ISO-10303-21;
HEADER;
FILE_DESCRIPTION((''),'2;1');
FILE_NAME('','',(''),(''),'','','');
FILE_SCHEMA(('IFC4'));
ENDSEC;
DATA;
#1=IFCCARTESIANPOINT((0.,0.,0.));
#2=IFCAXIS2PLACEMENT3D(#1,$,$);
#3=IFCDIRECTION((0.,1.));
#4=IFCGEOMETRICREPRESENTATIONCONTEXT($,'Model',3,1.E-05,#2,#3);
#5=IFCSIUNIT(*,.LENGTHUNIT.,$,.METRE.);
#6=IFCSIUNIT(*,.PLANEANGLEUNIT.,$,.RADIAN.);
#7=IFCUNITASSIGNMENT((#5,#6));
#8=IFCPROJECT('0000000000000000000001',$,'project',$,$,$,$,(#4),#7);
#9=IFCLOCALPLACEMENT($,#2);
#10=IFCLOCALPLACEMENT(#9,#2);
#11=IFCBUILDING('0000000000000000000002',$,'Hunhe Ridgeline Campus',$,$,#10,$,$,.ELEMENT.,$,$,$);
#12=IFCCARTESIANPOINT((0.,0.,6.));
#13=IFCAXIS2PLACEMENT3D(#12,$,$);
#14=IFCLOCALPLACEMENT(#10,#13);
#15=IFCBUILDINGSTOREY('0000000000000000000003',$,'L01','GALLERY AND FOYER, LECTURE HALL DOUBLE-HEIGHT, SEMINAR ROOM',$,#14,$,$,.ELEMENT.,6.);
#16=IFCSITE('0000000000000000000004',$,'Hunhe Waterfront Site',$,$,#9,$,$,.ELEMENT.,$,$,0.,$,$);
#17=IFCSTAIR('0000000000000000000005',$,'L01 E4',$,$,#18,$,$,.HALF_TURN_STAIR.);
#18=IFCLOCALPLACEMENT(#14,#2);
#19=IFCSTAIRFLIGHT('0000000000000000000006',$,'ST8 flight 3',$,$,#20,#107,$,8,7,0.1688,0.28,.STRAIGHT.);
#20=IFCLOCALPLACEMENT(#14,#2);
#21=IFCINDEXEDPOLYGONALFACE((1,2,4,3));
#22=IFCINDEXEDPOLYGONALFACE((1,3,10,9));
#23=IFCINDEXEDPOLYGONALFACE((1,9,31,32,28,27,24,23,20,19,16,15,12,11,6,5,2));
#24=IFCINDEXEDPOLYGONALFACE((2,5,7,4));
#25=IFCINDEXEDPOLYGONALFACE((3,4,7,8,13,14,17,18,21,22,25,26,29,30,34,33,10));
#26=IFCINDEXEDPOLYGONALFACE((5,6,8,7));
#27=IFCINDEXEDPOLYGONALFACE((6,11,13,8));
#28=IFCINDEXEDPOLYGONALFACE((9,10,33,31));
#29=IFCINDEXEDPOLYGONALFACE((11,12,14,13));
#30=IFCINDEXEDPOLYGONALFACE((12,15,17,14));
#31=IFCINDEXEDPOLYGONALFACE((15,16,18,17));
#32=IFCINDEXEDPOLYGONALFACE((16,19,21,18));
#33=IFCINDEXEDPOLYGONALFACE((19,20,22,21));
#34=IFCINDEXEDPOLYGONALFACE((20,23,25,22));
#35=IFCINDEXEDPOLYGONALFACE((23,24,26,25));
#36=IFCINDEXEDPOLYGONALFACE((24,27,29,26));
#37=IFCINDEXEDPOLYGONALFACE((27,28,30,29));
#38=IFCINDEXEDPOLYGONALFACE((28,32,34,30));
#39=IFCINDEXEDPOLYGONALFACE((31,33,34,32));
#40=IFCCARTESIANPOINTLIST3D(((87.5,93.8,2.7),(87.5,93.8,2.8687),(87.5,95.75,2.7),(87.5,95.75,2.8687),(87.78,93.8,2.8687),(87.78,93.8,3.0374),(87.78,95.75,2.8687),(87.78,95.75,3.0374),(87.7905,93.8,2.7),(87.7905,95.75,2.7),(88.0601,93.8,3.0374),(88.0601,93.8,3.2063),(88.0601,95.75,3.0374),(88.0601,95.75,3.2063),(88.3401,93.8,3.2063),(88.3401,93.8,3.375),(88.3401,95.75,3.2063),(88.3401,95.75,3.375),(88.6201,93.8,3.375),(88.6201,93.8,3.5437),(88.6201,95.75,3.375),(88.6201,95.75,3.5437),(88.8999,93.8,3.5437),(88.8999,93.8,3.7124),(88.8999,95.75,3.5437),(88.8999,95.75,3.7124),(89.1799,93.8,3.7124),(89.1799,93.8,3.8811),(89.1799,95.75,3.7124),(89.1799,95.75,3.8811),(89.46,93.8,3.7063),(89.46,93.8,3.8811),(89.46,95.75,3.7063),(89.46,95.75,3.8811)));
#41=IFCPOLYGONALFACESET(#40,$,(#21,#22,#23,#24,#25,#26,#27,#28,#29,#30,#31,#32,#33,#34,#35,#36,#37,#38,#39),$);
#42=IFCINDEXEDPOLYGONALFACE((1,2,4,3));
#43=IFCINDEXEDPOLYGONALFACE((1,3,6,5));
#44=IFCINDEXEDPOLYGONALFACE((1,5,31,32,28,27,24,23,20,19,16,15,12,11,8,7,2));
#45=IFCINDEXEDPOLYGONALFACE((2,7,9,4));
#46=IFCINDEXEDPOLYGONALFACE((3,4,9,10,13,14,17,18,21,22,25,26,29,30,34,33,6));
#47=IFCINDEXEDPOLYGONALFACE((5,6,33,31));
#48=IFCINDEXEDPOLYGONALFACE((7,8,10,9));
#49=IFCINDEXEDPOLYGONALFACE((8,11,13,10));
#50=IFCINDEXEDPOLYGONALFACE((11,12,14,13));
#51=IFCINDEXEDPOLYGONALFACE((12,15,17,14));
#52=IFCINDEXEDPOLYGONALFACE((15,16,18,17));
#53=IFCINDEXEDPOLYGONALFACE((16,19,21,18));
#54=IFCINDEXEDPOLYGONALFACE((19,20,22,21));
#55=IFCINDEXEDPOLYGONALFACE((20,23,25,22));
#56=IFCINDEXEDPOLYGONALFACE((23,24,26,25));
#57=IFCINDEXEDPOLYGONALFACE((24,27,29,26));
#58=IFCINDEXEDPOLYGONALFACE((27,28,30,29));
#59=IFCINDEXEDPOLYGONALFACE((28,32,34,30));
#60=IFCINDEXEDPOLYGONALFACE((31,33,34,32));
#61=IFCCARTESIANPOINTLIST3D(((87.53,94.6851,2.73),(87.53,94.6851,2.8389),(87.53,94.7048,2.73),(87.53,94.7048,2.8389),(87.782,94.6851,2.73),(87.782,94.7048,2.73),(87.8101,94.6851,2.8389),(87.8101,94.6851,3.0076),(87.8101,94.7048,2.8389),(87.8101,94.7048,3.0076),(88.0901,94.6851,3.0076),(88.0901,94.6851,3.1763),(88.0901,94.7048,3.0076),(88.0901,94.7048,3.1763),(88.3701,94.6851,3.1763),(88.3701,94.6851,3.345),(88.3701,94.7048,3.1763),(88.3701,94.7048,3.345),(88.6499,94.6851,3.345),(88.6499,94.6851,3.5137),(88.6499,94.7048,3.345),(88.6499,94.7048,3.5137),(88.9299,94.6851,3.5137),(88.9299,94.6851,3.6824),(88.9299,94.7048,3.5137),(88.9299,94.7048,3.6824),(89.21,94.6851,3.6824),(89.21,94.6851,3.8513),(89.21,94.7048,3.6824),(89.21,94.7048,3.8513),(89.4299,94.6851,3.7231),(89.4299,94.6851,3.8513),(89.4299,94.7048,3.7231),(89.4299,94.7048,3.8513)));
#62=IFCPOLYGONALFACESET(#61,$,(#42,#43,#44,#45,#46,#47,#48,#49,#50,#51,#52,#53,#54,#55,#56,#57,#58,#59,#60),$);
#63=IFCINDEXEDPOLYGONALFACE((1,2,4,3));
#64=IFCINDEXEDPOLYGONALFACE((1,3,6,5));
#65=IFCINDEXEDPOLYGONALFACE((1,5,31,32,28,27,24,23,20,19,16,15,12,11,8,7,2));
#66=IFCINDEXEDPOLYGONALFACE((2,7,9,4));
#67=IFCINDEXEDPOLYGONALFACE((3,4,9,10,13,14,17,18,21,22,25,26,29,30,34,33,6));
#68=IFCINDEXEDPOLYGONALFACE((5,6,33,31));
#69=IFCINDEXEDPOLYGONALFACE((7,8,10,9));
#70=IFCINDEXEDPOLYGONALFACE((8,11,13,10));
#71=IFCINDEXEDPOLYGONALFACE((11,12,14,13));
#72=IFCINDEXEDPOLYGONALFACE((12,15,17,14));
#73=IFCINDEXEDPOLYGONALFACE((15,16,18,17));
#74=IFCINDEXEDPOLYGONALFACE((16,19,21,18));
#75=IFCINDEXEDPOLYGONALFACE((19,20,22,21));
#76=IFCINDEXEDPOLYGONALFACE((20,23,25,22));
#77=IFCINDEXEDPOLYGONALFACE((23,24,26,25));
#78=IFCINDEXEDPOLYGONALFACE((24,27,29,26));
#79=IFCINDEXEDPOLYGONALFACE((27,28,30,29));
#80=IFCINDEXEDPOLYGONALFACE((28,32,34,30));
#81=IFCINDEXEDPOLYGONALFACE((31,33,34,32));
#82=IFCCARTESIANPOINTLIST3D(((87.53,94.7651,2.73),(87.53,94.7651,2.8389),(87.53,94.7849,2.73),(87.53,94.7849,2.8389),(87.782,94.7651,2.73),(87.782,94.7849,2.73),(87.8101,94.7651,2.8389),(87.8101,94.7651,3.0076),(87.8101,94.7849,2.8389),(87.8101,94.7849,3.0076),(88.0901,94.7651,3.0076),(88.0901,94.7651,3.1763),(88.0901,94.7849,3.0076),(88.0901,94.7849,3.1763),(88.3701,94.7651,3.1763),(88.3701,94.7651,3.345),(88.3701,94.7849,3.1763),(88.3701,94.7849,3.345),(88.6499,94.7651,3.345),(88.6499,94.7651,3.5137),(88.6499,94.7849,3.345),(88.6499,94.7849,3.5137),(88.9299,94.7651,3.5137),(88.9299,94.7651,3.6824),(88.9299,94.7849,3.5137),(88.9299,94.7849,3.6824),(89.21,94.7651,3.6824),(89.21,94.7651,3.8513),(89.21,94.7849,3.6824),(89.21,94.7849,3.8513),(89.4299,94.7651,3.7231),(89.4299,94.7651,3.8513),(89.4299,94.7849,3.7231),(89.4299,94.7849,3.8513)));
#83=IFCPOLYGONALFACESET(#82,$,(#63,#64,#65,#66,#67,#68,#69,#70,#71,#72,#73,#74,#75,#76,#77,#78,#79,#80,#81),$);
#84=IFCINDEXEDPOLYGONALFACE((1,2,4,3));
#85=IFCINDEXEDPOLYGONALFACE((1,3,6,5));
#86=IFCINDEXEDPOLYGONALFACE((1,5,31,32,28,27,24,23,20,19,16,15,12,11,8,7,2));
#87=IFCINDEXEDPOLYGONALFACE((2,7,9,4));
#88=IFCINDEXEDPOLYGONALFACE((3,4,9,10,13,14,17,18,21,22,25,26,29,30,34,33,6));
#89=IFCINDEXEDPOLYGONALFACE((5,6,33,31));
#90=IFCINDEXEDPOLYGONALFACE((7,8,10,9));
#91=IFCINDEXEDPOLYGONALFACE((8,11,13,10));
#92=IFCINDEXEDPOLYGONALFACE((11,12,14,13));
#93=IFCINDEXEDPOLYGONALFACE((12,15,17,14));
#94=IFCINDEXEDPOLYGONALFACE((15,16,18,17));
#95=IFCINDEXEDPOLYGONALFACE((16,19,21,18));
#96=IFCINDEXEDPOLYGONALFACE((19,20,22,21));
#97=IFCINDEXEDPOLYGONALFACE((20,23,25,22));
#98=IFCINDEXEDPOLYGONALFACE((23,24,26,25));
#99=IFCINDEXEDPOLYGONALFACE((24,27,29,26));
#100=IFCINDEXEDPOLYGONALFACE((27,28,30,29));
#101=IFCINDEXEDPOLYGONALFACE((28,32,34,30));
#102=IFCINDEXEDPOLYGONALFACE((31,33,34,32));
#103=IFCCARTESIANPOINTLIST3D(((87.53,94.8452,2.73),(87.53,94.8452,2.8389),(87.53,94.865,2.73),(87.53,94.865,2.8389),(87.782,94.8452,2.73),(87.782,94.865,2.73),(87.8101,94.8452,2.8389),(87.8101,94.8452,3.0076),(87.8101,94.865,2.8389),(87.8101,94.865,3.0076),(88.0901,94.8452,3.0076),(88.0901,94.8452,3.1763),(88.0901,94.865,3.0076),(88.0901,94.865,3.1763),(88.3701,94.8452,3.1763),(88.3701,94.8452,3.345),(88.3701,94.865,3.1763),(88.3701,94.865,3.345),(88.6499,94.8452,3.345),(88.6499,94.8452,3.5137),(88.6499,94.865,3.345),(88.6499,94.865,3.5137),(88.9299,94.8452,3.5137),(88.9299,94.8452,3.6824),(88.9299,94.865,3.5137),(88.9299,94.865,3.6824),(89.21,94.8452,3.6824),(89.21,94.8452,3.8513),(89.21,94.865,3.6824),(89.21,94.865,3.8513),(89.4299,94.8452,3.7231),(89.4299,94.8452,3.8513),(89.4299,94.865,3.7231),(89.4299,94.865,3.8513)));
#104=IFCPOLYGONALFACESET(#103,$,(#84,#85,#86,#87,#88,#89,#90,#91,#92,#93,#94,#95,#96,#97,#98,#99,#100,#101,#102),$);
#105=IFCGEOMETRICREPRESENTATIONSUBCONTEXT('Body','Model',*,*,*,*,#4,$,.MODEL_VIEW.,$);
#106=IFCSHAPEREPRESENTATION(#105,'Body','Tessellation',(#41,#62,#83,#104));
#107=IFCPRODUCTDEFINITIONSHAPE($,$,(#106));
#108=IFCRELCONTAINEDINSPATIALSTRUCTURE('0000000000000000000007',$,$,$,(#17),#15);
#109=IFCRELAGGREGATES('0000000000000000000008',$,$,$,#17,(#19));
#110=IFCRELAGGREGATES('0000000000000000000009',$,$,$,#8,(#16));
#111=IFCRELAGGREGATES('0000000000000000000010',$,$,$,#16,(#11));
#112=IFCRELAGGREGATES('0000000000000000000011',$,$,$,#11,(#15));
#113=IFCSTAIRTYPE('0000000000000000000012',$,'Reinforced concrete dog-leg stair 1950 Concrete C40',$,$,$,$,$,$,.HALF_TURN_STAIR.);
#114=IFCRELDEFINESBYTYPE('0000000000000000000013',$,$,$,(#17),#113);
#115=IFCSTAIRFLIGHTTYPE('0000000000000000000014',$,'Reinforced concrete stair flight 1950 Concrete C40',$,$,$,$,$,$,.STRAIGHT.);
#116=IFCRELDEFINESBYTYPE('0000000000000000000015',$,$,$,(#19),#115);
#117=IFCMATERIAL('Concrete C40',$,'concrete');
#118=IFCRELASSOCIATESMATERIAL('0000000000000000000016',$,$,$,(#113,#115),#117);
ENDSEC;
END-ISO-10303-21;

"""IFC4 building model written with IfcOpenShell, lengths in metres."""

from ifc_helpers import new_model, si_unit, direction, frame, origin, place, context, subcontext, project, spatial, polyline, outline, extrude, material, type_object, element, aggregate, save


model = new_model("IFC4")

# Units and contexts
model_context = context("Model", 3, precision=1e-05, world=origin(), true_north=direction((0.0, 1.0)))
body_context = subcontext(model_context, "Body", "Model", "MODEL_VIEW")
ifc_project = project(units=[si_unit("LENGTHUNIT", "METRE"), si_unit("PLANEANGLEUNIT", "RADIAN")], contexts=[model_context])

# Site, building, storey
site_placement = place(None, origin())
site = spatial("IfcSite", under=ifc_project, at=site_placement, Name="Hunhe Waterfront Site", CompositionType="ELEMENT", RefElevation=0.0)
building_placement = place(site_placement, origin())
building = spatial("IfcBuilding", under=site, at=building_placement, Name="Hunhe Ridgeline Campus", CompositionType="ELEMENT")
storey_placement = place(building_placement, frame((0.0, 0.0, 6.0)))
storey = spatial("IfcBuildingStorey", under=building, at=storey_placement, Name="L01", Description="GALLERY AND FOYER, LECTURE HALL DOUBLE-HEIGHT, SEMINAR ROOM", CompositionType="ELEMENT", Elevation=6.0)

# Stair, stair flight
ifc_material_1 = material(Name="Concrete C40", Category="concrete")
stair_type = type_object("IfcStairType", Name="Reinforced concrete dog-leg stair 1950 Concrete C40", PredefinedType="HALF_TURN_STAIR", material=ifc_material_1)
stair_flight_type = type_object("IfcStairFlightType", Name="Reinforced concrete stair flight 1950 Concrete C40", PredefinedType="STRAIGHT", material=ifc_material_1)
stair_1_placement = place(storey_placement, origin())
stair_1 = element("IfcStair", 1, at=stair_1_placement, inside=storey, type_object=stair_type, Name="L01 E4", PredefinedType="HALF_TURN_STAIR")
stair_flight_1_placement = place(storey_placement, frame((87.5, 94.7749, 2.7), z_axis=(0.0, 0.0, 1.0), x_axis=(1.0, 0.0, 0.0)))
stair_flight_1 = element("IfcStairFlight", 2, at=stair_flight_1_placement, type_object=stair_flight_type, Name="ST8 flight 3", NumberOfRisers=8, NumberOfTreads=7, PredefinedType="STRAIGHT", RiserHeight=0.1688, TreadLength=0.28, context=body_context, shape_type="SweptSolid", body=[
    extrude(outline(polyline([(0.0, 0.0), (0.0, 0.1687), (0.28, 0.1687), (0.28, 0.3374), (0.5601, 0.3374), (0.5601, 0.5063), (0.8401, 0.5063), (0.8401, 0.675), (1.1201, 0.675), (1.1201, 0.8438), (1.3999, 0.8438), (1.3999, 1.0125), (1.6799, 1.0125), (1.6799, 1.1812), (1.96, 1.1812), (1.96, 1.3501), (1.96, 1.0063), (0.2905, 0.0), (0.0, 0.0)])), frame((0.0, 0.9751, 0.0), z_axis=(0.0, -1.0, 0.0), x_axis=(1.0, 0.0, 0.0)), (0.0, 0.0, 1.0), 1.95),
    extrude(outline(polyline([(0.03, 0.03), (0.03, 0.1389), (0.3101, 0.1389), (0.3101, 0.3076), (0.5901, 0.3076), (0.5901, 0.4763), (0.8701, 0.4763), (0.8701, 0.645), (1.1499, 0.645), (1.1499, 0.8137), (1.4299, 0.8137), (1.4299, 0.9824), (1.71, 0.9824), (1.71, 1.1514), (1.9299, 1.1514), (1.9299, 1.0232), (0.282, 0.03), (0.03, 0.03)])), frame((0.0, -0.0701, 0.0), z_axis=(0.0, -1.0, 0.0), x_axis=(1.0, 0.0, 0.0)), (0.0, 0.0, 1.0), 0.0198),
    extrude(outline(polyline([(0.03, 0.03), (0.03, 0.1389), (0.3101, 0.1389), (0.3101, 0.3076), (0.5901, 0.3076), (0.5901, 0.4763), (0.8701, 0.4763), (0.8701, 0.645), (1.1499, 0.645), (1.1499, 0.8137), (1.4299, 0.8137), (1.4299, 0.9824), (1.71, 0.9824), (1.71, 1.1514), (1.9299, 1.1514), (1.9299, 1.0232), (0.282, 0.03), (0.03, 0.03)])), frame((0.0, 0.01, 0.0), z_axis=(0.0, -1.0, 0.0), x_axis=(1.0, 0.0, 0.0)), (0.0, 0.0, 1.0), 0.0198),
    extrude(outline(polyline([(0.03, 0.03), (0.03, 0.1389), (0.3101, 0.1389), (0.3101, 0.3076), (0.5901, 0.3076), (0.5901, 0.4763), (0.8701, 0.4763), (0.8701, 0.645), (1.1499, 0.645), (1.1499, 0.8137), (1.4299, 0.8137), (1.4299, 0.9824), (1.71, 0.9824), (1.71, 1.1514), (1.9299, 1.1514), (1.9299, 1.0232), (0.282, 0.03), (0.03, 0.03)])), frame((0.0, 0.0901, 0.0), z_axis=(0.0, -1.0, 0.0), x_axis=(1.0, 0.0, 0.0)), (0.0, 0.0, 1.0), 0.0198),
])
aggregate(stair_1, [stair_flight_1])

save(model, "model.ifc")
